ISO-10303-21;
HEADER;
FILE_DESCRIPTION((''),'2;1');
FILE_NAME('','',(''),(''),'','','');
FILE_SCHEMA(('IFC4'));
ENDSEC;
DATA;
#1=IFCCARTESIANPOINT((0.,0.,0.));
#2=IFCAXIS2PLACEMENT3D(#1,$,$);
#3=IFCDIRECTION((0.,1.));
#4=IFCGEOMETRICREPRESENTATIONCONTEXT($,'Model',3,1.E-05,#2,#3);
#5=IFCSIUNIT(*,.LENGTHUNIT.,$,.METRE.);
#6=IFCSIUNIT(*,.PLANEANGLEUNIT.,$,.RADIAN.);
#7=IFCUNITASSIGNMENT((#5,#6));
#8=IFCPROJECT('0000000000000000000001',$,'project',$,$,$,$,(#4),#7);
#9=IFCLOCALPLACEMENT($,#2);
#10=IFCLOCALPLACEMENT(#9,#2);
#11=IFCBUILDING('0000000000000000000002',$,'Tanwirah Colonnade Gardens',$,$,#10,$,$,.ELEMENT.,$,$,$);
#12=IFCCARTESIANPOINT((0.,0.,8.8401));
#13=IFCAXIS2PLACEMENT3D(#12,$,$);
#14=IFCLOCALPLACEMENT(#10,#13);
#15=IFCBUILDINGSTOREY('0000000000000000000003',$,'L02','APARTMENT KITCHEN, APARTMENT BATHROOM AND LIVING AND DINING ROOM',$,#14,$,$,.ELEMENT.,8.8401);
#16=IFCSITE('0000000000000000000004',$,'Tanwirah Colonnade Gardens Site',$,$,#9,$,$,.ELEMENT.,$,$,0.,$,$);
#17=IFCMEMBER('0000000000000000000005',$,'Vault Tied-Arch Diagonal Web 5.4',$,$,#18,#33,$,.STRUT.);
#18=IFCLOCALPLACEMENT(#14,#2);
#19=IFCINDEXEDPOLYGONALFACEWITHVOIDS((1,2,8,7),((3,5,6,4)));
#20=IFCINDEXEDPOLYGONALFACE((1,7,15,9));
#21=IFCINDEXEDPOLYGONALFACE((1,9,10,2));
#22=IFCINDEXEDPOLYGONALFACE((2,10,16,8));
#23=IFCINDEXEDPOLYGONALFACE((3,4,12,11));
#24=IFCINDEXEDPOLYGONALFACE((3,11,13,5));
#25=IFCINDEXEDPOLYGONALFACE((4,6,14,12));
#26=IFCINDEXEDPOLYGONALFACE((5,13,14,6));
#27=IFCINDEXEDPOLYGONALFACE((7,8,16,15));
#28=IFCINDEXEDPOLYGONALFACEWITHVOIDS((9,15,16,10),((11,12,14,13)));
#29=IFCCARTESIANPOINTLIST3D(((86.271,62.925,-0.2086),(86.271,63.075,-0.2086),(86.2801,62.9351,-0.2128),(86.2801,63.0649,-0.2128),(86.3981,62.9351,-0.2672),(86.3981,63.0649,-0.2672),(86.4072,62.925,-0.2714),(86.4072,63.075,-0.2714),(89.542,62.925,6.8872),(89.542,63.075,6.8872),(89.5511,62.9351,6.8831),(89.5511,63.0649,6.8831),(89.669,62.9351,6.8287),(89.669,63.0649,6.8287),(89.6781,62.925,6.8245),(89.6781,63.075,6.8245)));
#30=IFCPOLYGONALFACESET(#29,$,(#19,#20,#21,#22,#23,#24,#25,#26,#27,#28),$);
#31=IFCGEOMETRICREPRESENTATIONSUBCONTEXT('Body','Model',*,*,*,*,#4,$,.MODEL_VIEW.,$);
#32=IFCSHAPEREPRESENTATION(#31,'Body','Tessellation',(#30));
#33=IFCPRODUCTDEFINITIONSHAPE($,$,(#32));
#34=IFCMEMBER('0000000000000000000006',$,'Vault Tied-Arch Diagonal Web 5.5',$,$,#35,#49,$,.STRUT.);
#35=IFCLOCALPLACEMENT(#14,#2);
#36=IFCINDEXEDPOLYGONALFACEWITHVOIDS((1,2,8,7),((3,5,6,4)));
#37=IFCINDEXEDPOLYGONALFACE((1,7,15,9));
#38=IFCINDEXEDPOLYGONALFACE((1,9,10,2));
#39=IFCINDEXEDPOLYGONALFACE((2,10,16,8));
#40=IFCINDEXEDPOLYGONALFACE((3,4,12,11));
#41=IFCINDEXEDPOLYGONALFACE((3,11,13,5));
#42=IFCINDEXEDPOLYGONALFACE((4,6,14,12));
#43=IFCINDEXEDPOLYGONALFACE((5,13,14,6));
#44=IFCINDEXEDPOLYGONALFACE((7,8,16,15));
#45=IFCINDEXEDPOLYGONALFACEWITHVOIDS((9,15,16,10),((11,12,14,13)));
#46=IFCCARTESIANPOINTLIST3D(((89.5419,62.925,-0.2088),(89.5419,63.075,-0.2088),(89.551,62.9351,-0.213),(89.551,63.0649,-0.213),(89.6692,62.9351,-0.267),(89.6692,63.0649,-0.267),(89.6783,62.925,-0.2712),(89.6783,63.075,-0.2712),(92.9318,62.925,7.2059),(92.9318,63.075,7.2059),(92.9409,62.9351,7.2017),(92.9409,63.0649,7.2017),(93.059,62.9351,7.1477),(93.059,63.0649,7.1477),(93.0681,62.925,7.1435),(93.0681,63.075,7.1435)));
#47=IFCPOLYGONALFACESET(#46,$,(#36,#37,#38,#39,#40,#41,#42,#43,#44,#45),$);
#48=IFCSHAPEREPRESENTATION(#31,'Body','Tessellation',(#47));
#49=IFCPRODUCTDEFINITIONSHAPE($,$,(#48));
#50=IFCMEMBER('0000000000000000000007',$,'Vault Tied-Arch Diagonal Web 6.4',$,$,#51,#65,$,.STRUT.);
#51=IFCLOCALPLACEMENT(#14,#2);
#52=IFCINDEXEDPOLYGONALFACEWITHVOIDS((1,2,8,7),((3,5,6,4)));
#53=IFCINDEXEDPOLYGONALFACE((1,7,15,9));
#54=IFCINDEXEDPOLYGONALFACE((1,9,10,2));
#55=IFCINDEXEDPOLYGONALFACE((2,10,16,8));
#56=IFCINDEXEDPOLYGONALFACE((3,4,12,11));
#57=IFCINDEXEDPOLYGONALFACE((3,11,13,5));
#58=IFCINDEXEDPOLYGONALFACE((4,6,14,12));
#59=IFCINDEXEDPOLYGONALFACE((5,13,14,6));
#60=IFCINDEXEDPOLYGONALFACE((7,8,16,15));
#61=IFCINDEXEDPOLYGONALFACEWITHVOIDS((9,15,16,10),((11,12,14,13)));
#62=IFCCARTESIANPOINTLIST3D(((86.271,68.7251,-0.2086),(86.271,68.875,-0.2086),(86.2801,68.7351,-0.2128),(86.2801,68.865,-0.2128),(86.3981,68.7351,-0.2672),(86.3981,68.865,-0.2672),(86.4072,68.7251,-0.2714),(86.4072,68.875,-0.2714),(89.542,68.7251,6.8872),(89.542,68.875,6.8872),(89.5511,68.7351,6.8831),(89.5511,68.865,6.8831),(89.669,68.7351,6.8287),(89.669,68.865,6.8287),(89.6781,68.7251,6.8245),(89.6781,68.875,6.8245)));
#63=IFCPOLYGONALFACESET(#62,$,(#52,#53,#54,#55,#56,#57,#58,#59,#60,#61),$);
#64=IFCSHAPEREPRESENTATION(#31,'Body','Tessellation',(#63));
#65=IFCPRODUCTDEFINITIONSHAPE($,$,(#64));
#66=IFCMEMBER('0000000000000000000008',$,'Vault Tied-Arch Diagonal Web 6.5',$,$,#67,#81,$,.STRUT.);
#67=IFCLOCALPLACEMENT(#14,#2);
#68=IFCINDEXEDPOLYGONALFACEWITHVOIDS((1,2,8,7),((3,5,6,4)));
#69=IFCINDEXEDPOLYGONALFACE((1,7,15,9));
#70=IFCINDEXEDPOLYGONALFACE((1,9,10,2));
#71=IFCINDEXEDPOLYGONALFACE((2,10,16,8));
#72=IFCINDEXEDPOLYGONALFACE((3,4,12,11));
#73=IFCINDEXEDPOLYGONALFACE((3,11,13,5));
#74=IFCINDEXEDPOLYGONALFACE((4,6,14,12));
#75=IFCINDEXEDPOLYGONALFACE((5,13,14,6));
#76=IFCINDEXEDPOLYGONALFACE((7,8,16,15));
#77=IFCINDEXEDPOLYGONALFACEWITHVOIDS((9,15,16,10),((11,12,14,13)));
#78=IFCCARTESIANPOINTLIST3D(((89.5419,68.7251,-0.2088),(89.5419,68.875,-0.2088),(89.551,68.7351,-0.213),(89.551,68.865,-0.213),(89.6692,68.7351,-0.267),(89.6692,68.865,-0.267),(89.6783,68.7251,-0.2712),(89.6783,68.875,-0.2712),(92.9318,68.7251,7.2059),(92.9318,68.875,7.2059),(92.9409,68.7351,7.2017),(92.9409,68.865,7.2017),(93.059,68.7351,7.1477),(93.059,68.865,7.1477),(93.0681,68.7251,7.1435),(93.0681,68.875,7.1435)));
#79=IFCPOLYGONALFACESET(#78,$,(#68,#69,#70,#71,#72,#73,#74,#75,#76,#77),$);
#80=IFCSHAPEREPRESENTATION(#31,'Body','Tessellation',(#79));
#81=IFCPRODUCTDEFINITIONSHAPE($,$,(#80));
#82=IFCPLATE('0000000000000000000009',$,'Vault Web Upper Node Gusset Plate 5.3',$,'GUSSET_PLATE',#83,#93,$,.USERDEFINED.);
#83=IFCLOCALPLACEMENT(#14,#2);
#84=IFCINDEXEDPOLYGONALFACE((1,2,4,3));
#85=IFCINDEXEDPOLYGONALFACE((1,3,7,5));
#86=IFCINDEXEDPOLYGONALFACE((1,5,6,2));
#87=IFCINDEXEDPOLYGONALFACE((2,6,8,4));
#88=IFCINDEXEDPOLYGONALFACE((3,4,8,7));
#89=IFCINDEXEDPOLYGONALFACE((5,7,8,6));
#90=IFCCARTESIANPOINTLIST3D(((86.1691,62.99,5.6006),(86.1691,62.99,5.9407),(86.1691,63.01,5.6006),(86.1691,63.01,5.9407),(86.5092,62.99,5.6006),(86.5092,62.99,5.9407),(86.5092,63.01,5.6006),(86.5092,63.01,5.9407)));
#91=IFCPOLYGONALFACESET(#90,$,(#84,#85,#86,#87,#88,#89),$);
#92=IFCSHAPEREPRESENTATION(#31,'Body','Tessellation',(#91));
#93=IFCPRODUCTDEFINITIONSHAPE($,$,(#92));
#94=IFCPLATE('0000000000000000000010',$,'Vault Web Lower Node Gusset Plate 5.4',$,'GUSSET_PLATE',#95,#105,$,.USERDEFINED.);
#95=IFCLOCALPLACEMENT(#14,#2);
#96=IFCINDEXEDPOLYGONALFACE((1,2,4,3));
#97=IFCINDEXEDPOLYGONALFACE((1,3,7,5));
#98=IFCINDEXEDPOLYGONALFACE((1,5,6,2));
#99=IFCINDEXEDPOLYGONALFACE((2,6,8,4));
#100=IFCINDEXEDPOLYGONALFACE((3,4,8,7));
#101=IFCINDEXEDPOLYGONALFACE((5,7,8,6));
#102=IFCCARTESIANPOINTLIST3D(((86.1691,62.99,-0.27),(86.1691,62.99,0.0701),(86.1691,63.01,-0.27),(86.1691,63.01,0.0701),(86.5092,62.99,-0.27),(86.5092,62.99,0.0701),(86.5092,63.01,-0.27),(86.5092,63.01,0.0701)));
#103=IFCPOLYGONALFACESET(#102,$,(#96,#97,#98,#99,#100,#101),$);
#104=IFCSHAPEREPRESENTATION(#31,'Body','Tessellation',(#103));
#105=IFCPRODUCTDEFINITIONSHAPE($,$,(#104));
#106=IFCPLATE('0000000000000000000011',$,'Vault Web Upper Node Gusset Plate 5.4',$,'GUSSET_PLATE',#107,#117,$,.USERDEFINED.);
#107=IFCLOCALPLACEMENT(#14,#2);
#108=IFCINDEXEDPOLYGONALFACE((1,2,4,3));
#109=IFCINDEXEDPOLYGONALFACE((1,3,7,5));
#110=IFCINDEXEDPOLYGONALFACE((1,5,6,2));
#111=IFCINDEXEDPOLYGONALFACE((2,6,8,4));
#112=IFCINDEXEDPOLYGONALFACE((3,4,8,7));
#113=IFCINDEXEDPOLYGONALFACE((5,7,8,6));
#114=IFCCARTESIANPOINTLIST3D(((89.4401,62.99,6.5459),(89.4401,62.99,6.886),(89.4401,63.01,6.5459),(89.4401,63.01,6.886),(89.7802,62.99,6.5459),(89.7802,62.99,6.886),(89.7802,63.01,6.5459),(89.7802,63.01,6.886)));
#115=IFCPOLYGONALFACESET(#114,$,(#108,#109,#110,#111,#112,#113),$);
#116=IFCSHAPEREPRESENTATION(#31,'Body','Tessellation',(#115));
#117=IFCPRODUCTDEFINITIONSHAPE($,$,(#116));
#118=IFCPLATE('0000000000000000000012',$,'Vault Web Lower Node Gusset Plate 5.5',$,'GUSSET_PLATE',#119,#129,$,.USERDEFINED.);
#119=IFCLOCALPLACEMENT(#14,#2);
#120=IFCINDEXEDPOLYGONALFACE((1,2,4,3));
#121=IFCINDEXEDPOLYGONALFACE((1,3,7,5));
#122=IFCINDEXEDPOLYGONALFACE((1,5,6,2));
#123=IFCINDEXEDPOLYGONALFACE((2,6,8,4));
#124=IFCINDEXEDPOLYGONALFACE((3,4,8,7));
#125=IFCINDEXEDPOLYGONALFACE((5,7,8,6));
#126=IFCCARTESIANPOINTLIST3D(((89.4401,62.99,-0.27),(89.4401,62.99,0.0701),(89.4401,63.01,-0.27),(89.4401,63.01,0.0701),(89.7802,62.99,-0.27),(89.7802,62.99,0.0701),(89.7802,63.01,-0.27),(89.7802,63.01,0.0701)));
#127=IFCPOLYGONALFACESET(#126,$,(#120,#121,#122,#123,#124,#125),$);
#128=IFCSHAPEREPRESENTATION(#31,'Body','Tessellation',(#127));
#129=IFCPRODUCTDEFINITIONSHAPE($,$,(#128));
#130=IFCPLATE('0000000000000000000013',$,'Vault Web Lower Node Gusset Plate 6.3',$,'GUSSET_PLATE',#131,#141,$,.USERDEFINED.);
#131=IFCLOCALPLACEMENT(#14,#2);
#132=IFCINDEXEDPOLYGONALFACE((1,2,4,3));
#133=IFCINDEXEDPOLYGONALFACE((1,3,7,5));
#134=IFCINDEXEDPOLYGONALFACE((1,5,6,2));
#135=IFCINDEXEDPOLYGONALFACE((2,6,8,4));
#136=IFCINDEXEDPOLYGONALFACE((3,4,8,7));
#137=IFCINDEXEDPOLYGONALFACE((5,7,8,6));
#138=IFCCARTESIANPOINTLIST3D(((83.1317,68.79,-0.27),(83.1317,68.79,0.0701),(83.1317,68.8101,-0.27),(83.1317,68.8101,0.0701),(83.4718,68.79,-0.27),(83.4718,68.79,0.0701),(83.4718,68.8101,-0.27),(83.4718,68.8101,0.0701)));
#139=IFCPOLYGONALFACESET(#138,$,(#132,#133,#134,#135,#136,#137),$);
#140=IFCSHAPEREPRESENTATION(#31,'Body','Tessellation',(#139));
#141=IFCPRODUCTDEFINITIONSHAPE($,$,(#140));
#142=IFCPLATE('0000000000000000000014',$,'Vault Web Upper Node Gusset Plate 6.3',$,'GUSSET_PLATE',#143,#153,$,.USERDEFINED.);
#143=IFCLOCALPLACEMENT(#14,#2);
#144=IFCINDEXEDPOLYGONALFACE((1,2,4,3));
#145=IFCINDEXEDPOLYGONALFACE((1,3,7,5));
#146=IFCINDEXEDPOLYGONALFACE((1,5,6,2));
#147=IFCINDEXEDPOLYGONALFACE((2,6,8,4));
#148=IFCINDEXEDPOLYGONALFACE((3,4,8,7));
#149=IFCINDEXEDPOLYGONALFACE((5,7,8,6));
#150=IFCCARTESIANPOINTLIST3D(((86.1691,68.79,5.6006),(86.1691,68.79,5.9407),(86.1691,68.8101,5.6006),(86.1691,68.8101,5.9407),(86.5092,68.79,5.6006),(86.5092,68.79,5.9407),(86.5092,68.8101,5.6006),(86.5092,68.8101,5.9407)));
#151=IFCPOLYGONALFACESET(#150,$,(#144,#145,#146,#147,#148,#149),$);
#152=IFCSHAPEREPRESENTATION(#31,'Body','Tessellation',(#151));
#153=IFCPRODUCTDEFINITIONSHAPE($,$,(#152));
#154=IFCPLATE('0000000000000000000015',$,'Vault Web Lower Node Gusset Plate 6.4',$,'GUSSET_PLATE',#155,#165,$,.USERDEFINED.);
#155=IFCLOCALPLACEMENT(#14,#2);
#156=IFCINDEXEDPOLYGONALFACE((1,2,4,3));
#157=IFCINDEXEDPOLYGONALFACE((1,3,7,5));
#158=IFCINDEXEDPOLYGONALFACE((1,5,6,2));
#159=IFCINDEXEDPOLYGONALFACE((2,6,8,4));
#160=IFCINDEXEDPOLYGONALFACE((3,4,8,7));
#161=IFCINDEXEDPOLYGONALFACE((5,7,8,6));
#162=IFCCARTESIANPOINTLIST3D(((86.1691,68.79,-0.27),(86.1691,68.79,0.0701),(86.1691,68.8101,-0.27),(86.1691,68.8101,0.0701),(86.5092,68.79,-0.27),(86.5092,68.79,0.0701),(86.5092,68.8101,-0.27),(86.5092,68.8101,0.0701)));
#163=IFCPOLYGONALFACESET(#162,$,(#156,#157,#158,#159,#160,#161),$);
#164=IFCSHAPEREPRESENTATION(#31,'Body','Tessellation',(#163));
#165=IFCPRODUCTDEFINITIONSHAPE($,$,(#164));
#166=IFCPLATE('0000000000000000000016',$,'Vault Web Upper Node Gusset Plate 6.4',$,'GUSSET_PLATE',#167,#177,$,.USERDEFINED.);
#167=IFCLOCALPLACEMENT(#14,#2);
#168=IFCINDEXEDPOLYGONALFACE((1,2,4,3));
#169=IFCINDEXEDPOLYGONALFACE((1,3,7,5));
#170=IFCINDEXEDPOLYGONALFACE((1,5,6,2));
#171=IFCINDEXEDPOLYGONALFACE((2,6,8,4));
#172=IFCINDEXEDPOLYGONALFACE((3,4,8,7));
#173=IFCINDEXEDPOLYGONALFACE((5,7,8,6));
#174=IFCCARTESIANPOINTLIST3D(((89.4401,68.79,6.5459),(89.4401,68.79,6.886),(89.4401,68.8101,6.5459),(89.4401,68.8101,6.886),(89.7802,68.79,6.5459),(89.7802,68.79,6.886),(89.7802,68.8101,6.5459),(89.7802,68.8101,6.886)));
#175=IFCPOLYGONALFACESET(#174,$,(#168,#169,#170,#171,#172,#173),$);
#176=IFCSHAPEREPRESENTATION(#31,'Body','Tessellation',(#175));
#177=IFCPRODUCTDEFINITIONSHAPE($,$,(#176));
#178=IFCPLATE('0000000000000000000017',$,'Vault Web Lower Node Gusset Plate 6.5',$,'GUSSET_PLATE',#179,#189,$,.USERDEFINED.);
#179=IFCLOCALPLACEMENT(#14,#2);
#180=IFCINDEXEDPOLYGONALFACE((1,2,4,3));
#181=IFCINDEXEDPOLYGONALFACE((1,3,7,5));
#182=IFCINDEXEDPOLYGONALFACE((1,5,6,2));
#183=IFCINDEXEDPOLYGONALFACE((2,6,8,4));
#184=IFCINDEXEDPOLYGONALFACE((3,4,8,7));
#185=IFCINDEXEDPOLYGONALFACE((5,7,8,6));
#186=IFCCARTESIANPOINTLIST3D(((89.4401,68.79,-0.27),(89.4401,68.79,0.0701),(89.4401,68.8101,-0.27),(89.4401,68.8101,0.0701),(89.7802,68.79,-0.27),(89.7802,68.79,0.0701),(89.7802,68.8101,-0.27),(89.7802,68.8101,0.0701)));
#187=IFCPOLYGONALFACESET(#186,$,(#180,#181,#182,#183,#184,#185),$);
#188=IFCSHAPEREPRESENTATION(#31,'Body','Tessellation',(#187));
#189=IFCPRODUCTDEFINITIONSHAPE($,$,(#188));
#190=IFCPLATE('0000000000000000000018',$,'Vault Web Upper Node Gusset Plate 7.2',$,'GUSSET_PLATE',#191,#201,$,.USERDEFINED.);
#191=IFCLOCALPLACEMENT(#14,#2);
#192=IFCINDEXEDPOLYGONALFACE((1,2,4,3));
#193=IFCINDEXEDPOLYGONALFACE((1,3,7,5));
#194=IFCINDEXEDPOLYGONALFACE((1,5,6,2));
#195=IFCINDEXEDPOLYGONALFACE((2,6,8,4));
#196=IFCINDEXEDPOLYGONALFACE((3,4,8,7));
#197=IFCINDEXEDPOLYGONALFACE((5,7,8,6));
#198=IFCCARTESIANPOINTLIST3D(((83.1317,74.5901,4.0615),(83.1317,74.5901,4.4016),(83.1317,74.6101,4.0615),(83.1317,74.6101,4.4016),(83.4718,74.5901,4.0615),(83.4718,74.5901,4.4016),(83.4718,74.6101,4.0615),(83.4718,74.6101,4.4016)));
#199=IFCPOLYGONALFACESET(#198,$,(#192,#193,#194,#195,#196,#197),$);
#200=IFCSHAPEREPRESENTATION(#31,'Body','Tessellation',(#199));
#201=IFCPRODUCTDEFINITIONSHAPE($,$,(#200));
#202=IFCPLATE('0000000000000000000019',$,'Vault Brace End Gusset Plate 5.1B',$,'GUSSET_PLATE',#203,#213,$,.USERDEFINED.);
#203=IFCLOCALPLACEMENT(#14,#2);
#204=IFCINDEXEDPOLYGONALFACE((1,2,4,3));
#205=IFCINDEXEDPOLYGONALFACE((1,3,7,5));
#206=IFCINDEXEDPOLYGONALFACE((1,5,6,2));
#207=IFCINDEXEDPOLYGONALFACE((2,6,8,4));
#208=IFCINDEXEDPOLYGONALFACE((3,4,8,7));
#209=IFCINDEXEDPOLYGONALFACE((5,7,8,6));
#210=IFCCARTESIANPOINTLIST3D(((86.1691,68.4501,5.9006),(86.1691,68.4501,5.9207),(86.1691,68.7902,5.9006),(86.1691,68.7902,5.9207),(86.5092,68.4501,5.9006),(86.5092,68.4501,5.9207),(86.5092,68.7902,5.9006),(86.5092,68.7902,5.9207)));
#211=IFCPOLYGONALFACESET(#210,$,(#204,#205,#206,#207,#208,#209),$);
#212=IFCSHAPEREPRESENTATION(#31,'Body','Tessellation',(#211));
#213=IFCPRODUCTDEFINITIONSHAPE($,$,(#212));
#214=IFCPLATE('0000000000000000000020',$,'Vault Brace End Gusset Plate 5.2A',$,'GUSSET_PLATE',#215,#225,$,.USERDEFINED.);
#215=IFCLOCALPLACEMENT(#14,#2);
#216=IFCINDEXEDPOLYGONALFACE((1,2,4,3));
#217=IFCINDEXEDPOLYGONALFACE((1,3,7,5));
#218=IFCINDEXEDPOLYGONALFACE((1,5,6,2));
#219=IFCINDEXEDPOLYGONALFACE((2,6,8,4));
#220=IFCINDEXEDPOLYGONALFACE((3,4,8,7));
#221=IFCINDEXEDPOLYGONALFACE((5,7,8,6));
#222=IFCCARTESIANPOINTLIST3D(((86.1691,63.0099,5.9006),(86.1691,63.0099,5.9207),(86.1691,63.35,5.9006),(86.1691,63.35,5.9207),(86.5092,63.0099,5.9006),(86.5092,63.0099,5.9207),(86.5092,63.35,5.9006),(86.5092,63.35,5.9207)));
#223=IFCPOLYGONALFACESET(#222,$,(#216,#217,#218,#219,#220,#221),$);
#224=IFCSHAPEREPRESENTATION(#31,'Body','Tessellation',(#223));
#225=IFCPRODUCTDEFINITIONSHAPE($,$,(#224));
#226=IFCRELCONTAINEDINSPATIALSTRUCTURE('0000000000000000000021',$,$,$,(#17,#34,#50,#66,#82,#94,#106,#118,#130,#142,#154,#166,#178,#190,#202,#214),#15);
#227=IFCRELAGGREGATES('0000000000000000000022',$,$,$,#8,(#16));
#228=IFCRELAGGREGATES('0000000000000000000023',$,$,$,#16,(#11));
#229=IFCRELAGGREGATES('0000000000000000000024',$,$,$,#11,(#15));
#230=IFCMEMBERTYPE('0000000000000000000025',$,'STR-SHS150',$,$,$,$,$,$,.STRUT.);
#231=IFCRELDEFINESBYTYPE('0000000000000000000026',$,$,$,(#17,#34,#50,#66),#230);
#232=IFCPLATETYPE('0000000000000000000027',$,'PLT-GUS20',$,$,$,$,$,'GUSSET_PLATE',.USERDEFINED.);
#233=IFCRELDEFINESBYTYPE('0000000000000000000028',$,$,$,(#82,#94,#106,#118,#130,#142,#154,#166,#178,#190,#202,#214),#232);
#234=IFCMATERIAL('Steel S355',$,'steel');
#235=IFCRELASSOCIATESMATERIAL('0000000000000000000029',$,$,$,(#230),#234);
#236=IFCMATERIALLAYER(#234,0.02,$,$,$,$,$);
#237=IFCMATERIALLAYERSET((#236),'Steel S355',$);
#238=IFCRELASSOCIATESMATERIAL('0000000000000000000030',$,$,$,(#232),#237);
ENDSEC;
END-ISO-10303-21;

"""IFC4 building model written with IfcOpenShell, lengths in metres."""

from ifc_helpers import new_model, si_unit, direction, frame, origin, origin_2d, place, context, subcontext, project, spatial, rectangle, hollow_rectangle, extrude, material, layer, layer_set, material_profile, profile_set, type_object, element, save


model = new_model("IFC4")

# Units and contexts
model_context = context("Model", 3, precision=1e-05, world=origin(), true_north=direction((0.0, 1.0)))
body_context = subcontext(model_context, "Body", "Model", "MODEL_VIEW")
ifc_project = project(units=[si_unit("LENGTHUNIT", "METRE"), si_unit("PLANEANGLEUNIT", "RADIAN")], contexts=[model_context])

# Site, building, storey
site_placement = place(None, origin())
site = spatial("IfcSite", under=ifc_project, at=site_placement, Name="Tanwirah Colonnade Gardens Site", CompositionType="ELEMENT", RefElevation=0.0)
building_placement = place(site_placement, origin())
building = spatial("IfcBuilding", under=site, at=building_placement, Name="Tanwirah Colonnade Gardens", CompositionType="ELEMENT")
storey_placement = place(building_placement, frame((0.0, 0.0, 8.8401)))
storey = spatial("IfcBuildingStorey", under=building, at=storey_placement, Name="L02", Description="APARTMENT KITCHEN, APARTMENT BATHROOM AND LIVING AND DINING ROOM", CompositionType="ELEMENT", Elevation=8.8401)

# Shared definitions
ifc_material_1 = material(Name="Steel S355", Category="steel")

# Members
ifc_material_profile_1 = material_profile(ifc_material_1, hollow_rectangle(XDim=0.1499, YDim=0.1499, WallThickness=0.01, at=origin_2d()), Name="SHS 150x150x10")
ifc_profile_set_1 = profile_set([ifc_material_profile_1], Name="Steel S355")
member_type_1 = type_object("IfcMemberType", Name="STR-SHS150", PredefinedType="STRUT", material=ifc_profile_set_1)
member_1_placement = place(storey_placement, frame((86.3391, 63.0, -0.24), z_axis=(0.41863, 0.0, 0.908157), x_axis=(0.0, 1.0, 0.0)))
element("IfcMember", 1, at=member_1_placement, inside=storey, type_object=member_type_1, Name="Vault Tied-Arch Diagonal Web 5.4", PredefinedType="STRUT", context=body_context, shape_type="SweptSolid", body=[
    extrude(hollow_rectangle(XDim=0.1499, YDim=0.1499, WallThickness=0.01, at=origin_2d()), origin(), (0.0, 0.0, 1.0), 7.8135),
])
member_2_placement = place(storey_placement, frame((89.6101, 63.0, -0.24), z_axis=(0.415787, 0.0, 0.909462), x_axis=(0.0, 1.0, 0.0)))
element("IfcMember", 2, at=member_2_placement, inside=storey, type_object=member_type_1, Name="Vault Tied-Arch Diagonal Web 5.5", PredefinedType="STRUT", context=body_context, shape_type="SweptSolid", body=[
    extrude(hollow_rectangle(XDim=0.1499, YDim=0.1499, WallThickness=0.01, at=origin_2d()), origin(), (0.0, 0.0, 1.0), 8.1528),
])
member_3_placement = place(storey_placement, frame((86.3391, 68.8, -0.24), z_axis=(0.41863, 0.0, 0.908157), x_axis=(0.0, 1.0, 0.0)))
element("IfcMember", 3, at=member_3_placement, inside=storey, type_object=member_type_1, Name="Vault Tied-Arch Diagonal Web 6.4", PredefinedType="STRUT", context=body_context, shape_type="SweptSolid", body=[
    extrude(hollow_rectangle(XDim=0.1499, YDim=0.1499, WallThickness=0.01, at=origin_2d()), origin(), (0.0, 0.0, 1.0), 7.8135),
])
member_4_placement = place(storey_placement, frame((89.6101, 68.8, -0.24), z_axis=(0.415787, 0.0, 0.909462), x_axis=(0.0, 1.0, 0.0)))
element("IfcMember", 4, at=member_4_placement, inside=storey, type_object=member_type_1, Name="Vault Tied-Arch Diagonal Web 6.5", PredefinedType="STRUT", context=body_context, shape_type="SweptSolid", body=[
    extrude(hollow_rectangle(XDim=0.1499, YDim=0.1499, WallThickness=0.01, at=origin_2d()), origin(), (0.0, 0.0, 1.0), 8.1528),
])

# Plates
ifc_layer_1 = layer(ifc_material_1, 0.02)
ifc_layer_set_1 = layer_set([ifc_layer_1], Name="Steel S355")
plate_type_1 = type_object("IfcPlateType", Name="PLT-GUS20", ElementType="GUSSET_PLATE", PredefinedType="USERDEFINED", material=ifc_layer_set_1)
for number, where, z_axis, x_axis, name in (
    (5, (86.3391, 63.0, 5.6006), (0.0, 0.0, 1.0), (1.0, 0.0, 0.0), "Vault Web Upper Node Gusset Plate 5.3"),
    (6, (86.3391, 63.0, -0.27), (0.0, 0.0, 1.0), (1.0, 0.0, 0.0), "Vault Web Lower Node Gusset Plate 5.4"),
    (7, (89.6101, 63.0, 6.5459), (0.0, 0.0, 1.0), (1.0, 0.0, 0.0), "Vault Web Upper Node Gusset Plate 5.4"),
    (8, (89.6101, 63.0, -0.27), (0.0, 0.0, 1.0), (1.0, 0.0, 0.0), "Vault Web Lower Node Gusset Plate 5.5"),
    (9, (83.3018, 68.8, -0.27), (0.0, 0.0, 1.0), (1.0, 0.0, 0.0), "Vault Web Lower Node Gusset Plate 6.3"),
    (10, (86.3391, 68.8, 5.6006), (0.0, 0.0, 1.0), (1.0, 0.0, 0.0), "Vault Web Upper Node Gusset Plate 6.3"),
    (11, (86.3391, 68.8, -0.27), (0.0, 0.0, 1.0), (1.0, 0.0, 0.0), "Vault Web Lower Node Gusset Plate 6.4"),
    (12, (89.6101, 68.8, 6.5459), (0.0, 0.0, 1.0), (1.0, 0.0, 0.0), "Vault Web Upper Node Gusset Plate 6.4"),
    (13, (89.6101, 68.8, -0.27), (0.0, 0.0, 1.0), (1.0, 0.0, 0.0), "Vault Web Lower Node Gusset Plate 6.5"),
    (14, (83.3018, 74.6001, 4.0615), (0.0, 0.0, 1.0), (1.0, 0.0, 0.0), "Vault Web Upper Node Gusset Plate 7.2"),
):
    element("IfcPlate", number, at=place(storey_placement, frame(where, z_axis=z_axis, x_axis=x_axis)), inside=storey, type_object=plate_type_1, Name=name, ObjectType="GUSSET_PLATE", PredefinedType="USERDEFINED", context=body_context, shape_type="SweptSolid", body=[
        extrude(rectangle(XDim=0.3401, YDim=0.02, at=origin_2d()), origin(), (0.0, 0.0, 1.0), 0.3401),
    ])
for number, where, z_axis, x_axis, name in (
    (15, (86.3391, 68.6201, 5.9006), (0.0, 0.0, 1.0), (1.0, 0.0, 0.0), "Vault Brace End Gusset Plate 5.1B"),
    (16, (86.3391, 63.1799, 5.9006), (0.0, 0.0, 1.0), (1.0, 0.0, 0.0), "Vault Brace End Gusset Plate 5.2A"),
):
    element("IfcPlate", number, at=place(storey_placement, frame(where, z_axis=z_axis, x_axis=x_axis)), inside=storey, type_object=plate_type_1, Name=name, ObjectType="GUSSET_PLATE", PredefinedType="USERDEFINED", context=body_context, shape_type="SweptSolid", body=[
        extrude(rectangle(XDim=0.3401, YDim=0.3401, at=origin_2d()), origin(), (0.0, 0.0, 1.0), 0.02),
    ])

save(model, "model.ifc")
